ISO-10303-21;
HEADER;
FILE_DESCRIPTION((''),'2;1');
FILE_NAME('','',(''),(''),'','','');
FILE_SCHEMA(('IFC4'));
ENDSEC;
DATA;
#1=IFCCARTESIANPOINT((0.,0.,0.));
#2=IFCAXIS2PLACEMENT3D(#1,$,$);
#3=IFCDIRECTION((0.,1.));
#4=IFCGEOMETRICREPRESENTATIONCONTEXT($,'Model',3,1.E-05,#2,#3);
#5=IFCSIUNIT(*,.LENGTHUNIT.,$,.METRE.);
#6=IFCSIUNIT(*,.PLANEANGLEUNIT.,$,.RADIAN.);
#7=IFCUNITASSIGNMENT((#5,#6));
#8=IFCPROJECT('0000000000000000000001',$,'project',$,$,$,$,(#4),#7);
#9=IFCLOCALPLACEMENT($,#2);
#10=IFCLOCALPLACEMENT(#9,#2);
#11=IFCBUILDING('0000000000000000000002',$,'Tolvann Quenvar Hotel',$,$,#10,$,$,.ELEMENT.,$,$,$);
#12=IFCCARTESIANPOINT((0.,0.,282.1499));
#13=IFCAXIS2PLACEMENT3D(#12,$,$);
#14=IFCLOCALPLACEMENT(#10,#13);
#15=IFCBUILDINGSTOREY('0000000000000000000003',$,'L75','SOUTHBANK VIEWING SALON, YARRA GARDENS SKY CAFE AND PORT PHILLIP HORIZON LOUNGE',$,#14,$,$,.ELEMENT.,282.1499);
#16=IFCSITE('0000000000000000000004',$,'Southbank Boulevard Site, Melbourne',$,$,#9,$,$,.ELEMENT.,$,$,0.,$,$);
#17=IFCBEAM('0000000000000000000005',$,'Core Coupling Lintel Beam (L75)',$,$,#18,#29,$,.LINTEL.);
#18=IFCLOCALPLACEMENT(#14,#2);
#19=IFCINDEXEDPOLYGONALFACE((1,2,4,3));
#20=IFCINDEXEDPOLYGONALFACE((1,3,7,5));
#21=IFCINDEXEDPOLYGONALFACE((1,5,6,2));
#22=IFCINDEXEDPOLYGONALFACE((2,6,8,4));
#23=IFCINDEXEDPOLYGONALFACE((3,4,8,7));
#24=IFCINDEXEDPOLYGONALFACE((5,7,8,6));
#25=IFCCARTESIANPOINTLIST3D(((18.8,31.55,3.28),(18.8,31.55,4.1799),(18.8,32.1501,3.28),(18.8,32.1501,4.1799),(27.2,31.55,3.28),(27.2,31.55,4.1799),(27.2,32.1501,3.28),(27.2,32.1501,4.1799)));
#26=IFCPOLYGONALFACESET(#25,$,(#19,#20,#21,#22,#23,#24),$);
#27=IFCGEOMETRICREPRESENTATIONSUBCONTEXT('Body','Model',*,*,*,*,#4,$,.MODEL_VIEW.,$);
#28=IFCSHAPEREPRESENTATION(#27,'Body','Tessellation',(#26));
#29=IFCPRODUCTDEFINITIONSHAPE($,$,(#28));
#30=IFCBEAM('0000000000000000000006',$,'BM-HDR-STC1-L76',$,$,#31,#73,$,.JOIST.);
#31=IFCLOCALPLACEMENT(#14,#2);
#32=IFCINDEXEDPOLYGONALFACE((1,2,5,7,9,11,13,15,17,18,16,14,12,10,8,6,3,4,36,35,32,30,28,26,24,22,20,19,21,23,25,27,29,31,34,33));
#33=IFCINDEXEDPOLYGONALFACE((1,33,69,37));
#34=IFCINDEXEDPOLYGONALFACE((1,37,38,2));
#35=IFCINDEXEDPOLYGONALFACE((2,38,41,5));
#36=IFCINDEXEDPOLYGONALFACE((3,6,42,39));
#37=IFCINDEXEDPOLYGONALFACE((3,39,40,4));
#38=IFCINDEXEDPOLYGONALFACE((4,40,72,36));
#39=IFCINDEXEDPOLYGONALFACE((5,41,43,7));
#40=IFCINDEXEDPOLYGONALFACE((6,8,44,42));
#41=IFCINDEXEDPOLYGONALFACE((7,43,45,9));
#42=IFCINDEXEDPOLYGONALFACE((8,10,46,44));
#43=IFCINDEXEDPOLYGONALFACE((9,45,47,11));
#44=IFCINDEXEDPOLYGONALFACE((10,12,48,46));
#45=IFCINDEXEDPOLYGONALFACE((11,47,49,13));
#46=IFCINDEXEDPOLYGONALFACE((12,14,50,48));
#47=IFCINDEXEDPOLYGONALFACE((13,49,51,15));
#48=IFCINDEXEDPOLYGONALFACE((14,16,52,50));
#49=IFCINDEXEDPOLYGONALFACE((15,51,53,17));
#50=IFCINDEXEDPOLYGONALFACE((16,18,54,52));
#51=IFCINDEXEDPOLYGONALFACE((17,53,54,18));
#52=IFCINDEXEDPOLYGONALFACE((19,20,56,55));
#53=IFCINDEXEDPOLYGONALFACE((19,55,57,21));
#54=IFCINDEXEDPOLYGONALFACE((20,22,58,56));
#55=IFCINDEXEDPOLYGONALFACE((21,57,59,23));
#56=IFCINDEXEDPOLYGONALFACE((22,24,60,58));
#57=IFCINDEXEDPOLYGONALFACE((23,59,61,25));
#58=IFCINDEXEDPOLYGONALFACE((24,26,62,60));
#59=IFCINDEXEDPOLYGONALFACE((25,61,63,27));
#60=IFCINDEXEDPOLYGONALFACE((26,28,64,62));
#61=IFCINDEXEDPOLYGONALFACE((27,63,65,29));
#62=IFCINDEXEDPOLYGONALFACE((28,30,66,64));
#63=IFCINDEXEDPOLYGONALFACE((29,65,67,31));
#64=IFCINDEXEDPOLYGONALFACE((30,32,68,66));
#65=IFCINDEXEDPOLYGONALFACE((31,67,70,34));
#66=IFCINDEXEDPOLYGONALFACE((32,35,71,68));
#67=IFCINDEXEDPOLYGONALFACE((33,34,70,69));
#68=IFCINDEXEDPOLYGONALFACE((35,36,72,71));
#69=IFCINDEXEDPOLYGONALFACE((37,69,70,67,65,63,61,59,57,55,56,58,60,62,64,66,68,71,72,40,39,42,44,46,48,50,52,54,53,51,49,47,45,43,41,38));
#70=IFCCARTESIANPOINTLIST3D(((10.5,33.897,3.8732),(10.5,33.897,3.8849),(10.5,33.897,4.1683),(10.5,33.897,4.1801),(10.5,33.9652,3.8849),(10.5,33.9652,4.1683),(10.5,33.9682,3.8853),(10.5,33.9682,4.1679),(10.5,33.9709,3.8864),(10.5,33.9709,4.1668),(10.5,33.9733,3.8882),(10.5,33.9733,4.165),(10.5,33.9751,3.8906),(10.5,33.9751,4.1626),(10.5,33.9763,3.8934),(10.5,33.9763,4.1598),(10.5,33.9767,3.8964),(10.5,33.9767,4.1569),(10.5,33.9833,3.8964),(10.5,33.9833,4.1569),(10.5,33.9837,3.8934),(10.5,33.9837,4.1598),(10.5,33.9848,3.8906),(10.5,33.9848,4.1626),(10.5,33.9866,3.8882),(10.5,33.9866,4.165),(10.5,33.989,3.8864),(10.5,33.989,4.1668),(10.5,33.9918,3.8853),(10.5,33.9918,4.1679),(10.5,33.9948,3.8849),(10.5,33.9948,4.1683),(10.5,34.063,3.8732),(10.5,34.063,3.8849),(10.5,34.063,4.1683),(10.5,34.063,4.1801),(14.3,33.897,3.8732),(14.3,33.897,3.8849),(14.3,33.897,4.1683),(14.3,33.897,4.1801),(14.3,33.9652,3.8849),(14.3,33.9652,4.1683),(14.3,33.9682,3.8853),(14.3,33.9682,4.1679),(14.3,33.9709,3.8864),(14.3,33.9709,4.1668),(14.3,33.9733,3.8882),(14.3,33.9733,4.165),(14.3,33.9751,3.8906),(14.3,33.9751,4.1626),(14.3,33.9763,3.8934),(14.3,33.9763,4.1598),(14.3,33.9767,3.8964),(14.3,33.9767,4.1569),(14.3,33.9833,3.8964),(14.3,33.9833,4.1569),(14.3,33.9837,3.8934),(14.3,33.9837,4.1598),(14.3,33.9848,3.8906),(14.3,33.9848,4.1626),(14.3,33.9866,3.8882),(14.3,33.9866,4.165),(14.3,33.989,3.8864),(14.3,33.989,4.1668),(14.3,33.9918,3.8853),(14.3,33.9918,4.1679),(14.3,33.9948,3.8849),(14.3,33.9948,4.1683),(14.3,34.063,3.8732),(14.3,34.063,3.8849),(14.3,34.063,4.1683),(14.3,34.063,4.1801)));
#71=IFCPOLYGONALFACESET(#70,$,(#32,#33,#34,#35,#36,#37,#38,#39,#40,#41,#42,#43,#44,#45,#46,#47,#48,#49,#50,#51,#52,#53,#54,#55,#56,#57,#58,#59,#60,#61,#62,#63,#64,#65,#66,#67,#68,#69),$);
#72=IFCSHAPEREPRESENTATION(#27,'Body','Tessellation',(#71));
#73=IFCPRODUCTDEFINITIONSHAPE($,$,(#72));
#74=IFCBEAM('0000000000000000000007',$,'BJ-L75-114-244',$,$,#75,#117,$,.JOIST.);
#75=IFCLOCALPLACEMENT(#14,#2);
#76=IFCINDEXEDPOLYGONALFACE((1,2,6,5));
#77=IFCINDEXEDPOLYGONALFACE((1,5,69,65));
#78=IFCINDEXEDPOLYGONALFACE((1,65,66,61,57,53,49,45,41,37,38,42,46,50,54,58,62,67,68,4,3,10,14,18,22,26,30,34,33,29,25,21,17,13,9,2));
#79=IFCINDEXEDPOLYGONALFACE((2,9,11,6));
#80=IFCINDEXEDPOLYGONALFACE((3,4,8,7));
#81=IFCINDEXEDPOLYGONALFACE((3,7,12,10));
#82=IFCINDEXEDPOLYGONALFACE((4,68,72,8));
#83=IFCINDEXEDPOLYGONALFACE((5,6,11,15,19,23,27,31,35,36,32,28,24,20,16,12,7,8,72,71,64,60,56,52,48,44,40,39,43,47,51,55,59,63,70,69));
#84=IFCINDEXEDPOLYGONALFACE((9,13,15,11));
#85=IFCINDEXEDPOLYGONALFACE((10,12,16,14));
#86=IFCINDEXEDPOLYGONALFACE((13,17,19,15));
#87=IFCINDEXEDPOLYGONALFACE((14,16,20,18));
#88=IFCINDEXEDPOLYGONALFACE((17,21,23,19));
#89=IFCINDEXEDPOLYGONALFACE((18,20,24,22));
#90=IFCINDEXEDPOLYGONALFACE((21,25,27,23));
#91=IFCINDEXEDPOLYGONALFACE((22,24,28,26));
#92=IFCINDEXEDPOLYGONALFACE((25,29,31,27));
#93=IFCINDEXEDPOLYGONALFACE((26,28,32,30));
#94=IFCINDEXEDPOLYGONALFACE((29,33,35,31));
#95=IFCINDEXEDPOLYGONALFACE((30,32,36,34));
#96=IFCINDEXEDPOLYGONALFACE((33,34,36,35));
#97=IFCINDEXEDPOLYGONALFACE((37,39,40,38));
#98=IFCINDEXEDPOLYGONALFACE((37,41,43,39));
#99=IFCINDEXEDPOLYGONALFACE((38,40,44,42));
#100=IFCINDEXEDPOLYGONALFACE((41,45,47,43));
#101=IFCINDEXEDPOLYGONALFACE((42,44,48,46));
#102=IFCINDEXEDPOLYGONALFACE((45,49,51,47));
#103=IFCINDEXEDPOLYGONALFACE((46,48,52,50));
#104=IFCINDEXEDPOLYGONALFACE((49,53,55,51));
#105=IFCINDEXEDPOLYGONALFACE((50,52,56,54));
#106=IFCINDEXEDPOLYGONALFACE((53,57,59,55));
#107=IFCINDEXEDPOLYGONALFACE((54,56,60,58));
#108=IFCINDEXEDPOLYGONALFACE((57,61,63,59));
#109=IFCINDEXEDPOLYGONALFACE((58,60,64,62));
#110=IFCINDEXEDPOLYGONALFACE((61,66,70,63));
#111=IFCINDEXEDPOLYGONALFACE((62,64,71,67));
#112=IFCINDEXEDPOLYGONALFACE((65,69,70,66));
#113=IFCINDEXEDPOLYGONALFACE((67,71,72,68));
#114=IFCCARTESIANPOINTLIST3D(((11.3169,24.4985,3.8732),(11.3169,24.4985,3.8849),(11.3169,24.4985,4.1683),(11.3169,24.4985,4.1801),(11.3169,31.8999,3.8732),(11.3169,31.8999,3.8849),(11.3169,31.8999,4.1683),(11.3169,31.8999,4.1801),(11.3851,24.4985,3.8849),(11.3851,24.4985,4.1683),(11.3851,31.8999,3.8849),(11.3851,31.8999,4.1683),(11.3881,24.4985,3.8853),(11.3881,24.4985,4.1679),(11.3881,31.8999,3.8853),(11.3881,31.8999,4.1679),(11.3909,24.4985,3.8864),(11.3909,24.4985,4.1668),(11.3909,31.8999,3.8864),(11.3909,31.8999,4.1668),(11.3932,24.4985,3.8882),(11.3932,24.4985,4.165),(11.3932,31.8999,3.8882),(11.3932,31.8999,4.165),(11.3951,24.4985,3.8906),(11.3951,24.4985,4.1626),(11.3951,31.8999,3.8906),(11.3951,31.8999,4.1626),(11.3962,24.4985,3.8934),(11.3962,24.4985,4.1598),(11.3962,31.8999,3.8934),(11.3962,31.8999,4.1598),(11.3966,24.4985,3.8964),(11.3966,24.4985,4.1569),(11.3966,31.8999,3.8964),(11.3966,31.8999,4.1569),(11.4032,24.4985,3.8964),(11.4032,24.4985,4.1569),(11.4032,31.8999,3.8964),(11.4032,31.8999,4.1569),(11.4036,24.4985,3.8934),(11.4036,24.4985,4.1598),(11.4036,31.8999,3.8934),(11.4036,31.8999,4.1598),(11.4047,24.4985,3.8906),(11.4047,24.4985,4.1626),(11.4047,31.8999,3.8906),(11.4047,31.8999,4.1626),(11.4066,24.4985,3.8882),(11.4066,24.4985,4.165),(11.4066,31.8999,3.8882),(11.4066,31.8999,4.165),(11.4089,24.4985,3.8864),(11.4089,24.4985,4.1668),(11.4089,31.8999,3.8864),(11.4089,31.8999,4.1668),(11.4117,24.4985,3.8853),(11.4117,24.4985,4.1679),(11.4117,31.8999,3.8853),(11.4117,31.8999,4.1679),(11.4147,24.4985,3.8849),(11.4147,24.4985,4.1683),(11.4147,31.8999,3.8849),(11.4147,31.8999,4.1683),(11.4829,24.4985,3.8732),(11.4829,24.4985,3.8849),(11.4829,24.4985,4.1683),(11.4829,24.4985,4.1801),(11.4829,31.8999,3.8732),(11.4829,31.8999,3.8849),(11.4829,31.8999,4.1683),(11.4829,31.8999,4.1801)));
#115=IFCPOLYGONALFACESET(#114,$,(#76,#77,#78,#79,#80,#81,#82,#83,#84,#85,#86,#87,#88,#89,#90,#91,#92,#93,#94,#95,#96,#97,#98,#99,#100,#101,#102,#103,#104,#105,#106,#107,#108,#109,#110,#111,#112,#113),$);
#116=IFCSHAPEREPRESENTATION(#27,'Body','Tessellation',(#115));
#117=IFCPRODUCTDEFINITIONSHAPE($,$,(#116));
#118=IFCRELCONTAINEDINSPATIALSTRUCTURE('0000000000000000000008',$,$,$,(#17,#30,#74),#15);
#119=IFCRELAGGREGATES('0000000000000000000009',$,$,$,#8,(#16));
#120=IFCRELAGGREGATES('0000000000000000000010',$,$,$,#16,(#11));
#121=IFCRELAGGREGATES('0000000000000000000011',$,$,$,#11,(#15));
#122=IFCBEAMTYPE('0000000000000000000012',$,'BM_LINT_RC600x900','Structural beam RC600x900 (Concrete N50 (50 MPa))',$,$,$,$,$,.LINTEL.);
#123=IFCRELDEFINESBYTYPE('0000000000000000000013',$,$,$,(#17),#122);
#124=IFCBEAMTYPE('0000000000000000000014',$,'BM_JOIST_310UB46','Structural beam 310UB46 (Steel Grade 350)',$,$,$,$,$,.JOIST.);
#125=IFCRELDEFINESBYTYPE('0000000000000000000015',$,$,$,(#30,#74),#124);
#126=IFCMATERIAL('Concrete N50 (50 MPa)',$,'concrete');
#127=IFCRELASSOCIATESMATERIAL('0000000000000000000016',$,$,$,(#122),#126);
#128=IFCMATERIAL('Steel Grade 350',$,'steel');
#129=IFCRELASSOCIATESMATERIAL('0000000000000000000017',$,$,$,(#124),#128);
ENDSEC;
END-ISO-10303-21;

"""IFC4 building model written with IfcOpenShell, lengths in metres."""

from ifc_helpers import new_model, si_unit, direction, frame, origin, origin_2d, place, context, subcontext, project, spatial, rectangle, i_section, extrude, source, transform, mapped, material, material_profile, profile_set, type_object, type_shapes, element, save


model = new_model("IFC4")

# Units and contexts
model_context = context("Model", 3, precision=1e-05, world=origin(), true_north=direction((0.0, 1.0)))
body_context = subcontext(model_context, "Body", "Model", "MODEL_VIEW")
ifc_project = project(units=[si_unit("LENGTHUNIT", "METRE"), si_unit("PLANEANGLEUNIT", "RADIAN")], contexts=[model_context])

# Site, building, storey
site_placement = place(None, origin())
site = spatial("IfcSite", under=ifc_project, at=site_placement, Name="Southbank Boulevard Site, Melbourne", CompositionType="ELEMENT", RefElevation=0.0)
building_placement = place(site_placement, origin())
building = spatial("IfcBuilding", under=site, at=building_placement, Name="Tolvann Quenvar Hotel", CompositionType="ELEMENT")
storey_placement = place(building_placement, frame((0.0, 0.0, 282.1499)))
storey = spatial("IfcBuildingStorey", under=building, at=storey_placement, Name="L75", Description="SOUTHBANK VIEWING SALON, YARRA GARDENS SKY CAFE AND PORT PHILLIP HORIZON LOUNGE", CompositionType="ELEMENT", Elevation=282.1499)

# Beams
ifc_material_1 = material(Name="Concrete N50 (50 MPa)", Category="concrete")
ifc_material_profile_1 = material_profile(ifc_material_1, rectangle(XDim=0.6001, YDim=0.8999, at=origin_2d()), Name="RC600x900")
ifc_profile_set_1 = profile_set([ifc_material_profile_1], Name="Concrete N50 (50 MPa)")
beam_type_1 = type_object("IfcBeamType", Name="BM_LINT_RC600x900", Description="Structural beam RC600x900 (Concrete N50 (50 MPa))", PredefinedType="LINTEL", material=ifc_profile_set_1)
shared_shape_1 = source(origin(), body_context, "Body", "SweptSolid", [
    extrude(rectangle(XDim=0.6001, YDim=0.8999, at=origin_2d()), origin(), (0.0, 0.0, 1.0), 8.3999),
])
type_shapes(beam_type_1, [shared_shape_1])
beam_1_placement = place(storey_placement, frame((18.8, 31.8501, 3.73), z_axis=(1.0, 0.0, 0.0), x_axis=(0.0, 1.0, 0.0)))
element("IfcBeam", 1, at=beam_1_placement, inside=storey, type_object=beam_type_1, Name="Core Coupling Lintel Beam (L75)", PredefinedType="LINTEL", context=body_context, shape_type="MappedRepresentation", body=[
    mapped(shared_shape_1, transform((0.0, 0.0, 0.0), x_axis=(1.0, 0.0, 0.0), y_axis=(0.0, 1.0, 0.0), z_axis=(0.0, 0.0, 1.0), scale=1.0)),
])
ifc_material_2 = material(Name="Steel Grade 350", Category="steel")
ifc_material_profile_2 = material_profile(ifc_material_2, i_section(OverallWidth=0.166, OverallDepth=0.3069, WebThickness=0.0066, FlangeThickness=0.0117, FilletRadius=0.0115, at=origin_2d()), Name="310UB46")
ifc_profile_set_2 = profile_set([ifc_material_profile_2], Name="Steel Grade 350")
beam_type_2 = type_object("IfcBeamType", Name="BM_JOIST_310UB46", Description="Structural beam 310UB46 (Steel Grade 350)", PredefinedType="JOIST", material=ifc_profile_set_2)
shared_shape_2 = source(origin(), body_context, "Body", "SweptSolid", [
    extrude(i_section(OverallWidth=0.166, OverallDepth=0.3069, WebThickness=0.0066, FlangeThickness=0.0117, FilletRadius=0.0115, at=origin_2d()), origin(), (0.0, 0.0, 1.0), 3.8),
])
beam_2_placement = place(storey_placement, frame((10.5, 33.98, 4.0266), z_axis=(1.0, 0.0, 0.0), x_axis=(0.0, 1.0, 0.0)))
element("IfcBeam", 2, at=beam_2_placement, inside=storey, type_object=beam_type_2, Name="BM-HDR-STC1-L76", PredefinedType="JOIST", context=body_context, shape_type="MappedRepresentation", body=[
    mapped(shared_shape_2, transform((0.0, 0.0, 0.0), x_axis=(1.0, 0.0, 0.0), y_axis=(0.0, 1.0, 0.0), z_axis=(0.0, 0.0, 1.0), scale=1.0)),
])
shared_shape_3 = source(origin(), body_context, "Body", "SweptSolid", [
    extrude(i_section(OverallWidth=0.166, OverallDepth=0.3069, WebThickness=0.0066, FlangeThickness=0.0117, FilletRadius=0.0115, at=origin_2d()), origin(), (0.0, 0.0, 1.0), 7.4014),
])
type_shapes(beam_type_2, [shared_shape_2, shared_shape_3])
beam_3_placement = place(storey_placement, frame((11.3999, 24.4985, 4.0266), z_axis=(0.0, 1.0, 0.0), x_axis=(-1.0, 0.0, 0.0)))
element("IfcBeam", 3, at=beam_3_placement, inside=storey, type_object=beam_type_2, Name="BJ-L75-114-244", PredefinedType="JOIST", context=body_context, shape_type="MappedRepresentation", body=[
    mapped(shared_shape_3, transform((0.0, 0.0, 0.0), x_axis=(1.0, 0.0, 0.0), y_axis=(0.0, 1.0, 0.0), z_axis=(0.0, 0.0, 1.0), scale=1.0)),
])

save(model, "model.ifc")
